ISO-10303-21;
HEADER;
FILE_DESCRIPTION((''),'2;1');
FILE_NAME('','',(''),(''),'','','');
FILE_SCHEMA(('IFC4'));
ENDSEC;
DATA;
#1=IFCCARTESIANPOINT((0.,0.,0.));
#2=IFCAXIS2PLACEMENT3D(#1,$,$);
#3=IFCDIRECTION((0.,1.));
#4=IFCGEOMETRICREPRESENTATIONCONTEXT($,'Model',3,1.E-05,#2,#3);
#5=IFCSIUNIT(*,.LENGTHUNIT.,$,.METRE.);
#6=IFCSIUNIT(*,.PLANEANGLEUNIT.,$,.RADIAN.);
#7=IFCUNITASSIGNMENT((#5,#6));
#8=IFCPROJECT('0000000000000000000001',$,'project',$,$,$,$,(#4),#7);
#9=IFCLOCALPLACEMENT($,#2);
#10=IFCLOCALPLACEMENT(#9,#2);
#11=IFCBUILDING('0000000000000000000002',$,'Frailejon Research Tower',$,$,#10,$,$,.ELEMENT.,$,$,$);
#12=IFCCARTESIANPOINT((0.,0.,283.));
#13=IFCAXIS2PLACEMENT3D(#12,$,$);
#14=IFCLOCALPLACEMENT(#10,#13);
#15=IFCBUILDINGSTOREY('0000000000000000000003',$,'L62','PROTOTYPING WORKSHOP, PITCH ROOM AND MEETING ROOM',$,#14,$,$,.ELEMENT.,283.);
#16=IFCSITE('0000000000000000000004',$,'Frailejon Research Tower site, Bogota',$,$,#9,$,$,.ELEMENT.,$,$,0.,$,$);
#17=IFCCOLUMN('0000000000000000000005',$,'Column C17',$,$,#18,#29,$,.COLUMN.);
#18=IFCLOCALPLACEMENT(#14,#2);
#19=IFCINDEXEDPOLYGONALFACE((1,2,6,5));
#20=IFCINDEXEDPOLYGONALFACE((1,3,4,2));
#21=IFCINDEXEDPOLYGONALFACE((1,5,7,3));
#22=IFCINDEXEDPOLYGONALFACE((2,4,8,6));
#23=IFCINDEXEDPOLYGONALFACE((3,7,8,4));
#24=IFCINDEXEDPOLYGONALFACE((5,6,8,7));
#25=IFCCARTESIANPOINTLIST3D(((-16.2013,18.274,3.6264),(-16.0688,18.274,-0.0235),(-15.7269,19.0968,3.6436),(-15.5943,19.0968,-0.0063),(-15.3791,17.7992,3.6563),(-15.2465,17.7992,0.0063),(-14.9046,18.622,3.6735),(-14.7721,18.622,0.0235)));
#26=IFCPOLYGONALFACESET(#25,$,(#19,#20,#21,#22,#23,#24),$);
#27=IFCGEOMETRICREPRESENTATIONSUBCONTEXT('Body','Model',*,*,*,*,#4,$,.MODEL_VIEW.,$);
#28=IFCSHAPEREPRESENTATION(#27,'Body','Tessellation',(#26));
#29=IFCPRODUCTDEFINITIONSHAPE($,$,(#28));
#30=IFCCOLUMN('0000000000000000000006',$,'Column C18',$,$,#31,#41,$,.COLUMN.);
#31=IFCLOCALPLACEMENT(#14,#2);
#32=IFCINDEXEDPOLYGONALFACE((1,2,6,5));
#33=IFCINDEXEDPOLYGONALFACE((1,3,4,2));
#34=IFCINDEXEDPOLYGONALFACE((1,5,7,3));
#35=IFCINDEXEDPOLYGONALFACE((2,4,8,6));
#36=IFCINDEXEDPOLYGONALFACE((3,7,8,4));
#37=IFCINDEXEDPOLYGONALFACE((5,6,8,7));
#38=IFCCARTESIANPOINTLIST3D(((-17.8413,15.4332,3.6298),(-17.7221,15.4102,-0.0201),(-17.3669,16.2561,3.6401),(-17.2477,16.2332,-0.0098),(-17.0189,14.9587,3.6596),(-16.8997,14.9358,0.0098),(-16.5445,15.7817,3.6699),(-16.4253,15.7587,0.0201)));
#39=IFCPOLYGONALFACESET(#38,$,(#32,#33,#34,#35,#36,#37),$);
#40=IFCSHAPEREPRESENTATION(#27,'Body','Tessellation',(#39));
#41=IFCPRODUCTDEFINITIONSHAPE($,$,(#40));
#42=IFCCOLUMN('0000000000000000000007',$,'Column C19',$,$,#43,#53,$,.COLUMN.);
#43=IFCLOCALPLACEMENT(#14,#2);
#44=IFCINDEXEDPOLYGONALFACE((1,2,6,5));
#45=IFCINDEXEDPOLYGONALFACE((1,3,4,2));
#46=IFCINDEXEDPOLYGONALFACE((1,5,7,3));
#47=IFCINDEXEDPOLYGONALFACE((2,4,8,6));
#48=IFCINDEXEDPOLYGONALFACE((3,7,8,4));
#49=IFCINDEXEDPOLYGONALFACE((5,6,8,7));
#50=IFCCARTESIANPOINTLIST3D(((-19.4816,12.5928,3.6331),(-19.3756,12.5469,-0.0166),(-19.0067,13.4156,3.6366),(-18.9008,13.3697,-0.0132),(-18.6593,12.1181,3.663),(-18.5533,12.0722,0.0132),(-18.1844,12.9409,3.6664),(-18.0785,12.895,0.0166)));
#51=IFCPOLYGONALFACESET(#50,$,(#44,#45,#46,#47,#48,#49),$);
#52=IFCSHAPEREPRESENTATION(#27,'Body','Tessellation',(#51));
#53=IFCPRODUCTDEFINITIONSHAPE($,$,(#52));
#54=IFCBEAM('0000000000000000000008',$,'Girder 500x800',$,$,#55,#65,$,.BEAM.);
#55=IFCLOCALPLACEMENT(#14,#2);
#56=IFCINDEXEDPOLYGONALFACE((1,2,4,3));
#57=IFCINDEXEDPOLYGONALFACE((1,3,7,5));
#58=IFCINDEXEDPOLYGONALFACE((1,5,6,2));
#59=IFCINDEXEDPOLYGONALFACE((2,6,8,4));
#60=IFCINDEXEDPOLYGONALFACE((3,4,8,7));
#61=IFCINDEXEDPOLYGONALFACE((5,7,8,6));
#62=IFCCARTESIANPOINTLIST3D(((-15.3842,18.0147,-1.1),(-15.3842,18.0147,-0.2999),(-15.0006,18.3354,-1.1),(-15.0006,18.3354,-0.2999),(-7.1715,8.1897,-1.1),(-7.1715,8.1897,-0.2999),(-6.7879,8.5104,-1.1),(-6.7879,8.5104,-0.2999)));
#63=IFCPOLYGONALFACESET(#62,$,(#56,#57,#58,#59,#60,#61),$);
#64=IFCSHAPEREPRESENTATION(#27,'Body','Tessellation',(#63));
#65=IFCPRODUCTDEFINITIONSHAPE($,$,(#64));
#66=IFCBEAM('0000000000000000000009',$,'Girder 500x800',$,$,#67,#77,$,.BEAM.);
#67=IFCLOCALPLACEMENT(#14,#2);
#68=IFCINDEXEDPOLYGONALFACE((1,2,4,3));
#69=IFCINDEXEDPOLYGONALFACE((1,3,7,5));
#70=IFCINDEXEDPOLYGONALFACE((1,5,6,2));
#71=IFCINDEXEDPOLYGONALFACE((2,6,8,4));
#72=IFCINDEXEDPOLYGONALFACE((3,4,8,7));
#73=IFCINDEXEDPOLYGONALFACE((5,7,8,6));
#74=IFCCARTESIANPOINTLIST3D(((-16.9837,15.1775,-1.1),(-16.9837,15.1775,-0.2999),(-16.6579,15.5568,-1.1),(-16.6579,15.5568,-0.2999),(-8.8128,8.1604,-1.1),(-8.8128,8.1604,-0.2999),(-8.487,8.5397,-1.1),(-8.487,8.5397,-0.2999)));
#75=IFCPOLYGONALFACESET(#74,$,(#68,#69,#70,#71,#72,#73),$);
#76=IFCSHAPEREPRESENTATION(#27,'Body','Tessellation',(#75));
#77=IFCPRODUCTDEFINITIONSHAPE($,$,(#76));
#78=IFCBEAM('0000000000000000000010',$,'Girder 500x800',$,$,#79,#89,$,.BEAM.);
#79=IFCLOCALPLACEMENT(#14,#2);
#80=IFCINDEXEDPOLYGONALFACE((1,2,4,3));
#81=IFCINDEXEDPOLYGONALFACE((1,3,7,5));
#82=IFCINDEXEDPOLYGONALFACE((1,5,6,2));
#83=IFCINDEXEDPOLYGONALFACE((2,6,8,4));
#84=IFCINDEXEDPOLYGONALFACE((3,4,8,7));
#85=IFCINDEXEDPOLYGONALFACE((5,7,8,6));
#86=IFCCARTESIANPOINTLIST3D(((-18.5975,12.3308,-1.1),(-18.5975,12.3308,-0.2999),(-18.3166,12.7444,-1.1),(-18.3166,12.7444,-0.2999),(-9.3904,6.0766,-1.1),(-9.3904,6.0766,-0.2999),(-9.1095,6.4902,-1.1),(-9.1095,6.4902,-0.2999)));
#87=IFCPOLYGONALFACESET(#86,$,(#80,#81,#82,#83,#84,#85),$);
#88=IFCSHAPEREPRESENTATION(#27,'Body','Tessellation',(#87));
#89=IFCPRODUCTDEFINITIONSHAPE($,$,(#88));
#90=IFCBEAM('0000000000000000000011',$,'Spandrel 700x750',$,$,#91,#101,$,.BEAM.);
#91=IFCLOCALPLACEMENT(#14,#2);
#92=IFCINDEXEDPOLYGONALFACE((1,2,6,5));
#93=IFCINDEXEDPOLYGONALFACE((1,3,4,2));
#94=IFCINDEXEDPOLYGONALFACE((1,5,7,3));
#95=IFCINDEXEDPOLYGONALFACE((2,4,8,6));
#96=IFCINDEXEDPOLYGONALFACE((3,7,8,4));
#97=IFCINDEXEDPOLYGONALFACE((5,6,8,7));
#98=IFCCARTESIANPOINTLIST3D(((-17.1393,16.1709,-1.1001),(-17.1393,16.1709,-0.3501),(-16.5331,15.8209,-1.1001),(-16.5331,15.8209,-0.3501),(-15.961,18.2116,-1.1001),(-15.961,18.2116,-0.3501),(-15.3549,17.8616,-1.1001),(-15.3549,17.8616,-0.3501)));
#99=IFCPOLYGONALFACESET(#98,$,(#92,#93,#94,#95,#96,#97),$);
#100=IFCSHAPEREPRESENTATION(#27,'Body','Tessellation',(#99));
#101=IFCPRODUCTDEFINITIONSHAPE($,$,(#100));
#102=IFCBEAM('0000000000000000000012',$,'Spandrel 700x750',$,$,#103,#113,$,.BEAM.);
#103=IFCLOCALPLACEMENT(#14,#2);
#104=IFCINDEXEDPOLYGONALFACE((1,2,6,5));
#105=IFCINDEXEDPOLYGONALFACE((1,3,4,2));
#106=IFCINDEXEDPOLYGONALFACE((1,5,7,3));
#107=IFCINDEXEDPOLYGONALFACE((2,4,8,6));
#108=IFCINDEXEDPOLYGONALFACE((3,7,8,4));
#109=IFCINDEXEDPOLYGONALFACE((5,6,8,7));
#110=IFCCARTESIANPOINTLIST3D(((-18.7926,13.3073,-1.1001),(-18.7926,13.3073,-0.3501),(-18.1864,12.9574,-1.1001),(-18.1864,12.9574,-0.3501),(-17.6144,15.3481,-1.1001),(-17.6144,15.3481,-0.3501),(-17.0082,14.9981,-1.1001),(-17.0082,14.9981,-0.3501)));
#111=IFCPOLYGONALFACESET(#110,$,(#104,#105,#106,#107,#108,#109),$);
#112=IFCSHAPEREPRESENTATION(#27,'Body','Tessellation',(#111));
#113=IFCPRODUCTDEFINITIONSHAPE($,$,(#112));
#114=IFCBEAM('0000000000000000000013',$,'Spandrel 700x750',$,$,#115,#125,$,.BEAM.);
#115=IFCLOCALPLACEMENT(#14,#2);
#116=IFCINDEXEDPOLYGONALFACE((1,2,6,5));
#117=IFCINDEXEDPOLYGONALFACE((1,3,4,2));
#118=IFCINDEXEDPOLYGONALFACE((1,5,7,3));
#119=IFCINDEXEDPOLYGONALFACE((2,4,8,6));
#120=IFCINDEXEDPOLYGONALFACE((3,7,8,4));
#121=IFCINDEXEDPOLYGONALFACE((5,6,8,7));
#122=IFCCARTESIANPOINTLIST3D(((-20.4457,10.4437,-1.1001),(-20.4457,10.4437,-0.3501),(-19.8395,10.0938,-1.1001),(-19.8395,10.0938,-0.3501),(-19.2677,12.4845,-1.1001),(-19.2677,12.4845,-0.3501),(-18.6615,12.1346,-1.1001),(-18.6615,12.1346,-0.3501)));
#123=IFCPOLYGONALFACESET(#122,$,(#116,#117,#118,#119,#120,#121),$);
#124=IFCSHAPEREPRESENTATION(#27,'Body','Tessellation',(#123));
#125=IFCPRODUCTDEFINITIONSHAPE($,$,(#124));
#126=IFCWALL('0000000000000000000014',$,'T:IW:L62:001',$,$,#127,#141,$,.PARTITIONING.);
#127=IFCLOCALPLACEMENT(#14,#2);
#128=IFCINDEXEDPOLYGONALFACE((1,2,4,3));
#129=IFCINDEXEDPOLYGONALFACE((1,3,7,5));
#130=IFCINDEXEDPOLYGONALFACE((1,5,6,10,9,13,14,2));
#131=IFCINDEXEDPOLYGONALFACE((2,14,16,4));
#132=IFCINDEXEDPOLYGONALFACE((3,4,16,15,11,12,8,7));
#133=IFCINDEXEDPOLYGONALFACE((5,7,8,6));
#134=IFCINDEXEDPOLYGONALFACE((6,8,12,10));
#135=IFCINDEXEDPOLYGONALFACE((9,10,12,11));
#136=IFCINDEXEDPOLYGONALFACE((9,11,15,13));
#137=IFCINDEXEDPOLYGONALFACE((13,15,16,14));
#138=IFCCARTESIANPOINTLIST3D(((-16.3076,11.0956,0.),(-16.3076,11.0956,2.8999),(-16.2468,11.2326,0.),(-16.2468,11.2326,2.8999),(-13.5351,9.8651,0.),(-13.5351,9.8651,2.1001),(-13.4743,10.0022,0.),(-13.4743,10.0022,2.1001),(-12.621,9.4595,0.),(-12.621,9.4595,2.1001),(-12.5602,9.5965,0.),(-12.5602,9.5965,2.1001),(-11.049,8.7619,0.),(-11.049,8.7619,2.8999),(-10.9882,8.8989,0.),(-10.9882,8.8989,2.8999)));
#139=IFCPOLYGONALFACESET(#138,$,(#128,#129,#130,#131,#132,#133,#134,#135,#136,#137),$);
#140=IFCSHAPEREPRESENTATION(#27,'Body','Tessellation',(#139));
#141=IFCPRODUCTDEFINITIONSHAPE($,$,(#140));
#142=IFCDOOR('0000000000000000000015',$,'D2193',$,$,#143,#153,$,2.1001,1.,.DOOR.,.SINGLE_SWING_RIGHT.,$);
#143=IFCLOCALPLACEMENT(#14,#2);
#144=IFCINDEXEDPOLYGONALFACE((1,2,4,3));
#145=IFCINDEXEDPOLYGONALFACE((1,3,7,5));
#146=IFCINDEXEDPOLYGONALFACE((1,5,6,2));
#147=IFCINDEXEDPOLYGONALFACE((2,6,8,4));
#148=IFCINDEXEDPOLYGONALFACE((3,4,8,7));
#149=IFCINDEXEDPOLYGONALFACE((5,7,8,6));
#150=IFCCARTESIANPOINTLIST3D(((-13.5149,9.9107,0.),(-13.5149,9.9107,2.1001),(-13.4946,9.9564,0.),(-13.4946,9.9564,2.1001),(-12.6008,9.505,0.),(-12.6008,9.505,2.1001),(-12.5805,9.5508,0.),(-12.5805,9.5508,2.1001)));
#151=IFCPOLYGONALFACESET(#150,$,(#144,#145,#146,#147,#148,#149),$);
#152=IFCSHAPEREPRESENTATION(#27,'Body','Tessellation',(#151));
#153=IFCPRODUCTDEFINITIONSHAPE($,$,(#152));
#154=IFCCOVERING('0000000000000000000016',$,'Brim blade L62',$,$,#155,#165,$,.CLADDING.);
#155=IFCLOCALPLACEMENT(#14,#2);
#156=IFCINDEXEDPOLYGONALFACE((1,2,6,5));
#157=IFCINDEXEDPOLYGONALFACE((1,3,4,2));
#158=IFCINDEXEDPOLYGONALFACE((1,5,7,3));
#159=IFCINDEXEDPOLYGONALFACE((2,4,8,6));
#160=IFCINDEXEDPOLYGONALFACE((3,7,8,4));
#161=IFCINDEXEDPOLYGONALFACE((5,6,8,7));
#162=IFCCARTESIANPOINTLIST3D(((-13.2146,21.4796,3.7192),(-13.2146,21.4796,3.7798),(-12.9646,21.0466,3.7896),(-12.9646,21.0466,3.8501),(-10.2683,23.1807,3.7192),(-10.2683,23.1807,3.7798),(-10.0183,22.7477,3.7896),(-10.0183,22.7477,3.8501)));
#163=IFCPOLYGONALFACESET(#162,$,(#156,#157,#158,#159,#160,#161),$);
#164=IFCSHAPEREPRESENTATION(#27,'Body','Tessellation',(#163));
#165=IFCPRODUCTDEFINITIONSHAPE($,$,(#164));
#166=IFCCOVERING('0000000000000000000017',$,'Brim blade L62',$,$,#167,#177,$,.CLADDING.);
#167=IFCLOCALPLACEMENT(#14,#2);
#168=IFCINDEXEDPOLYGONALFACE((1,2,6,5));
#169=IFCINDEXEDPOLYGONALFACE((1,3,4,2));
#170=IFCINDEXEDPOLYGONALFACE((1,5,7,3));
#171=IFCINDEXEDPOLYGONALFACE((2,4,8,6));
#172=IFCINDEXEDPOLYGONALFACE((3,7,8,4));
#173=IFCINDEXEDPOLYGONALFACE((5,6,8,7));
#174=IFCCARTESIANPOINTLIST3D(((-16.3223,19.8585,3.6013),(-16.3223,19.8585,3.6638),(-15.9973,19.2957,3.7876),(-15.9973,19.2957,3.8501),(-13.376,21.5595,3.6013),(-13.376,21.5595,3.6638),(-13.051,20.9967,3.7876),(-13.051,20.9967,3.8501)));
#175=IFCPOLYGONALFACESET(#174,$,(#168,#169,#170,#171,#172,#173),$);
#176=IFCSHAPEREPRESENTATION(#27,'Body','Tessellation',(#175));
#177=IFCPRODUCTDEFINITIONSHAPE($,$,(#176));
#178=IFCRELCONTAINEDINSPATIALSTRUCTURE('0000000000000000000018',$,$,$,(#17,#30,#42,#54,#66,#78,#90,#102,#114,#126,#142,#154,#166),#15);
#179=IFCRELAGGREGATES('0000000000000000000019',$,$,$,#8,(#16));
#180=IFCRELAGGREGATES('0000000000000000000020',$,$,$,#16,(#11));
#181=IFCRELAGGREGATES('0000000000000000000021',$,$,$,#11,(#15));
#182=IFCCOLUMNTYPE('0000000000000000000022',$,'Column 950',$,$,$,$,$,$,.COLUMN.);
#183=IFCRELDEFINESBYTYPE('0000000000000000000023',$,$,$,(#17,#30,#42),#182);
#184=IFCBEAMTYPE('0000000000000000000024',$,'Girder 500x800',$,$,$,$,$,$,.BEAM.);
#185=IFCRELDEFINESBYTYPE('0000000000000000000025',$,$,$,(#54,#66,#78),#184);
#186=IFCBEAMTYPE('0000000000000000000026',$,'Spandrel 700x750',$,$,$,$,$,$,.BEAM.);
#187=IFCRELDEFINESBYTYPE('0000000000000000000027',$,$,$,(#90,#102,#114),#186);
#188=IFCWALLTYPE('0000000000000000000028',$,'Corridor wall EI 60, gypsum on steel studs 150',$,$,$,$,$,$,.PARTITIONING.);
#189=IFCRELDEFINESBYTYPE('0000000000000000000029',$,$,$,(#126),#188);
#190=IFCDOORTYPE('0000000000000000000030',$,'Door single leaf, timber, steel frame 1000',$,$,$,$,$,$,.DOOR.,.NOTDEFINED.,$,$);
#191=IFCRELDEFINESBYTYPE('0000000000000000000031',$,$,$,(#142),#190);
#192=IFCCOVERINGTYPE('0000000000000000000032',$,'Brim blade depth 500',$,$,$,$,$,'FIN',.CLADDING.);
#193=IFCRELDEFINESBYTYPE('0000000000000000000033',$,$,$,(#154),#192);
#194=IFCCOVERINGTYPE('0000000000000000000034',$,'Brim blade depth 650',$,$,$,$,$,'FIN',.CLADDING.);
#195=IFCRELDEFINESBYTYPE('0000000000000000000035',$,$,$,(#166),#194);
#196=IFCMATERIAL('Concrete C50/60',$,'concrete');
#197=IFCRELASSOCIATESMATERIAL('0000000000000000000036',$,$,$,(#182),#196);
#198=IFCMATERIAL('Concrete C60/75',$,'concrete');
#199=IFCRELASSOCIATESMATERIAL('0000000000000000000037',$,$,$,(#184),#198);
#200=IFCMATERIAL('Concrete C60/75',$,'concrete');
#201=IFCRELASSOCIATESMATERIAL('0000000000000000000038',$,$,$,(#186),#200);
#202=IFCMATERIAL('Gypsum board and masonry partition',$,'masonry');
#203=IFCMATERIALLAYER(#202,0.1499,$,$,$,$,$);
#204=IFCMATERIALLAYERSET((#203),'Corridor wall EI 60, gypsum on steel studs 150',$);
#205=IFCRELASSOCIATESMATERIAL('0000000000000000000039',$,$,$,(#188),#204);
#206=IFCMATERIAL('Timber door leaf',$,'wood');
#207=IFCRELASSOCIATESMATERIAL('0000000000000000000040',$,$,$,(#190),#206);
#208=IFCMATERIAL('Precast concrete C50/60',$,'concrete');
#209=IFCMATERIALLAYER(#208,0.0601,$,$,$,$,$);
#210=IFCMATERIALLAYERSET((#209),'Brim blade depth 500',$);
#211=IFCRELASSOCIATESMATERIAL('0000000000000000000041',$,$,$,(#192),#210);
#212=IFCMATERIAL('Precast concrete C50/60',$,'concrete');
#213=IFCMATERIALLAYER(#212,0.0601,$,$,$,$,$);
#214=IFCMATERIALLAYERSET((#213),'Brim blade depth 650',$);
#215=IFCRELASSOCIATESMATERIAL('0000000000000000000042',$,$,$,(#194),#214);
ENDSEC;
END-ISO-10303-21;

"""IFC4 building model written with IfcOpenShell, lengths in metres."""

from ifc_helpers import new_model, si_unit, direction, frame, frame_2d, origin, origin_2d, place, context, subcontext, project, spatial, polyline, rectangle, outline, extrude, material, layer, layer_set, material_profile, profile_set, type_object, element, fill, save


model = new_model("IFC4")

# Units and contexts
model_context = context("Model", 3, precision=1e-05, world=origin(), true_north=direction((0.0, 1.0)))
body_context = subcontext(model_context, "Body", "Model", "MODEL_VIEW")
ifc_project = project(units=[si_unit("LENGTHUNIT", "METRE"), si_unit("PLANEANGLEUNIT", "RADIAN")], contexts=[model_context])

# Site, building, storey
site_placement = place(None, origin())
site = spatial("IfcSite", under=ifc_project, at=site_placement, Name="Frailejon Research Tower site, Bogota", CompositionType="ELEMENT", RefElevation=0.0)
building_placement = place(site_placement, origin())
building = spatial("IfcBuilding", under=site, at=building_placement, Name="Frailejon Research Tower", CompositionType="ELEMENT")
storey_placement = place(building_placement, frame((0.0, 0.0, 283.0)))
storey = spatial("IfcBuildingStorey", under=building, at=storey_placement, Name="L62", Description="PROTOTYPING WORKSHOP, PITCH ROOM AND MEETING ROOM", CompositionType="ELEMENT", Elevation=283.0)

# Columns
ifc_material_1 = material(Name="Concrete C50/60", Category="concrete")
ifc_material_profile_1 = material_profile(ifc_material_1, rectangle(XDim=0.95, YDim=0.95, at=origin_2d()), Name="Column 950")
ifc_profile_set_1 = profile_set([ifc_material_profile_1], Name="Concrete C50/60")
column_type = type_object("IfcColumnType", Name="Column 950", PredefinedType="COLUMN", material=ifc_profile_set_1)
column_1_placement = place(storey_placement, frame((-15.4204, 18.448, 0.0), z_axis=(-0.036297, 0.0, 0.999341), x_axis=(-0.499424, -0.866168, -0.01814)))
element("IfcColumn", 1, at=column_1_placement, inside=storey, type_object=column_type, Name="Column C17", PredefinedType="COLUMN", context=body_context, shape_type="SweptSolid", body=[
    extrude(rectangle(XDim=0.95, YDim=0.95, at=origin_2d()), origin(), (0.0, 0.0, 1.0), 3.6523),
])
column_2_placement = place(storey_placement, frame((-17.0737, 15.5845, 0.0), z_axis=(-0.032624, 0.006284, 0.999448), x_axis=(-0.499397, -0.866305, -0.010854)))
element("IfcColumn", 2, at=column_2_placement, inside=storey, type_object=column_type, Name="Column C18", PredefinedType="COLUMN", context=body_context, shape_type="SweptSolid", body=[
    extrude(rectangle(XDim=0.95, YDim=0.95, at=origin_2d()), origin(), (0.0, 0.0, 1.0), 3.6519),
])
column_3_placement = place(storey_placement, frame((-18.7271, 12.7209, 0.0), z_axis=(-0.029016, 0.012569, 0.9995), x_axis=(-0.499849, -0.866105, -0.003619)))
element("IfcColumn", 3, at=column_3_placement, inside=storey, type_object=column_type, Name="Column C19", PredefinedType="COLUMN", context=body_context, shape_type="SweptSolid", body=[
    extrude(rectangle(XDim=0.95, YDim=0.95, at=origin_2d()), origin(), (0.0, 0.0, 1.0), 3.6516),
])

# Beams
ifc_material_2 = material(Name="Concrete C60/75", Category="concrete")
ifc_material_profile_2 = material_profile(ifc_material_2, rectangle(XDim=0.5, YDim=0.8, at=origin_2d()), Name="Girder 500x800")
ifc_profile_set_2 = profile_set([ifc_material_profile_2], Name="Concrete C60/75")
beam_type_1 = type_object("IfcBeamType", Name="Girder 500x800", PredefinedType="BEAM", material=ifc_profile_set_2)
beam_1_placement = place(storey_placement, frame((-15.1924, 18.175, -0.7), z_axis=(0.641344, -0.767253, 0.0), x_axis=(0.767253, 0.641344, 0.0)))
element("IfcBeam", 4, at=beam_1_placement, inside=storey, type_object=beam_type_1, Name="Girder 500x800", PredefinedType="BEAM", context=body_context, shape_type="SweptSolid", body=[
    extrude(rectangle(XDim=0.5, YDim=0.8, at=origin_2d()), origin(), (0.0, 0.0, 1.0), 12.8054),
])
beam_2_placement = place(storey_placement, frame((-16.8208, 15.3672, -0.7), z_axis=(0.758639, -0.651512, 0.0), x_axis=(0.651512, 0.758639, 0.0)))
element("IfcBeam", 5, at=beam_2_placement, inside=storey, type_object=beam_type_1, Name="Girder 500x800", PredefinedType="BEAM", context=body_context, shape_type="SweptSolid", body=[
    extrude(rectangle(XDim=0.5, YDim=0.8, at=origin_2d()), origin(), (0.0, 0.0, 1.0), 10.7705),
])
beam_3_placement = place(storey_placement, frame((-18.457, 12.5376, -0.7), z_axis=(0.827203, -0.561903, 0.0), x_axis=(0.561903, 0.827203, 0.0)))
element("IfcBeam", 6, at=beam_3_placement, inside=storey, type_object=beam_type_1, Name="Girder 500x800", PredefinedType="BEAM", context=body_context, shape_type="SweptSolid", body=[
    extrude(rectangle(XDim=0.5, YDim=0.8, at=origin_2d()), origin(), (0.0, 0.0, 1.0), 11.1304),
])
ifc_material_3 = material(Name="Concrete C60/75", Category="concrete")
ifc_material_profile_3 = material_profile(ifc_material_3, rectangle(XDim=0.7, YDim=0.75, at=origin_2d()), Name="Spandrel 700x750")
ifc_profile_set_3 = profile_set([ifc_material_profile_3], Name="Concrete C60/75")
beam_type_2 = type_object("IfcBeamType", Name="Spandrel 700x750", PredefinedType="BEAM", material=ifc_profile_set_3)
for number, where, z_axis, x_axis, name in (
    (7, (-15.658, 18.0366, -0.7251), (-0.499994, -0.866029, 0.0), (0.866029, -0.499994, 0.0), "Spandrel 700x750"),
    (8, (-17.3113, 15.1731, -0.7251), (-0.499994, -0.866029, 0.0), (0.866029, -0.499994, 0.0), "Spandrel 700x750"),
    (9, (-18.9646, 12.3096, -0.7251), (-0.499917, -0.866073, 0.0), (0.866073, -0.499917, 0.0), "Spandrel 700x750"),
):
    element("IfcBeam", number, at=place(storey_placement, frame(where, z_axis=z_axis, x_axis=x_axis)), inside=storey, type_object=beam_type_2, Name=name, PredefinedType="BEAM", context=body_context, shape_type="SweptSolid", body=[
        extrude(rectangle(XDim=0.7, YDim=0.75, at=origin_2d()), origin(), (0.0, 0.0, 1.0), 2.3564),
    ])

# Wall, opening, door
ifc_material_4 = material(Name="Gypsum board and masonry partition", Category="masonry")
ifc_layer_1 = layer(ifc_material_4, 0.1499)
ifc_layer_set_1 = layer_set([ifc_layer_1], Name="Corridor wall EI 60, gypsum on steel studs 150")
wall_type_1 = type_object("IfcWallType", Name="Corridor wall EI 60, gypsum on steel studs 150", PredefinedType="PARTITIONING", material=ifc_layer_set_1)
wall_1_placement = place(storey_placement, frame((-16.2771, 11.1641, 0.0), z_axis=(0.0, 0.0, 1.0), x_axis=(0.91403, -0.405646, 0.0)))
wall_1 = element("IfcWall", 10, at=wall_1_placement, inside=storey, type_object=wall_type_1, Name="T:IW:L62:001", PredefinedType="PARTITIONING", context=body_context, shape_type="SweptSolid", body=[
    extrude(rectangle(XDim=5.7532, YDim=0.1499, at=frame_2d((2.8765, 0.0))), origin(), (0.0, 0.0, 1.0), 2.8999),
])
opening_1_placement = place(wall_1_placement, frame((3.0332, 0.0, 0.0)))
opening_1 = element("IfcOpeningElement", 11, at=opening_1_placement, cuts=wall_1, PredefinedType="OPENING", context=body_context, shape_type="SweptSolid", body=[
    extrude(rectangle(XDim=1.0, YDim=2.1001, at=frame_2d((0.5, 1.05))), frame((0.0, 0.085, 0.0), z_axis=(0.0, -1.0, 0.0), x_axis=(1.0, 0.0, 0.0)), (0.0, 0.0, 1.0), 0.1699),
])
ifc_material_5 = material(Name="Timber door leaf", Category="wood")
door_type_1 = type_object("IfcDoorType", Name="Door single leaf, timber, steel frame 1000", OperationType="NOTDEFINED", PredefinedType="DOOR", material=ifc_material_5)
door_1_placement = place(opening_1_placement, origin())
door_1 = element("IfcDoor", 12, at=door_1_placement, inside=storey, type_object=door_type_1, Name="D2193", OperationType="SINGLE_SWING_RIGHT", OverallHeight=2.1001, OverallWidth=1.0, PredefinedType="DOOR", context=body_context, shape_type="SweptSolid", body=[
    extrude(rectangle(XDim=1.0, YDim=2.1001, at=frame_2d((0.5, 1.05))), frame((0.0, 0.0249, 0.0), z_axis=(0.0, -1.0, 0.0), x_axis=(1.0, 0.0, 0.0)), (0.0, 0.0, 1.0), 0.05),
])
fill(opening_1, door_1)

# Coverings
ifc_material_6 = material(Name="Precast concrete C50/60", Category="concrete")
ifc_layer_2 = layer(ifc_material_6, 0.0601)
ifc_layer_set_2 = layer_set([ifc_layer_2], Name="Brim blade depth 500")
covering_type_1 = type_object("IfcCoveringType", Name="Brim blade depth 500", ElementType="FIN", PredefinedType="CLADDING", material=ifc_layer_set_2)
covering_1_placement = place(storey_placement, frame((-12.9646, 21.0466, 3.8501), z_axis=(0.866024, 0.500003, 0.0), x_axis=(-0.500003, 0.866024, 0.0)))
element("IfcCovering", 13, at=covering_1_placement, inside=storey, type_object=covering_type_1, Name="Brim blade L62", PredefinedType="CLADDING", context=body_context, shape_type="SweptSolid", body=[
    extrude(outline(polyline([(0.0, -0.0605), (0.5, -0.1309), (0.5, -0.0703), (0.0, 0.0), (0.0, -0.0605)])), origin(), (0.0, 0.0, 1.0), 3.4021),
])
ifc_material_7 = material(Name="Precast concrete C50/60", Category="concrete")
ifc_layer_3 = layer(ifc_material_7, 0.0601)
ifc_layer_set_3 = layer_set([ifc_layer_3], Name="Brim blade depth 650")
covering_type_2 = type_object("IfcCoveringType", Name="Brim blade depth 650", ElementType="FIN", PredefinedType="CLADDING", material=ifc_layer_set_3)
covering_2_placement = place(storey_placement, frame((-15.9973, 19.2957, 3.8501), z_axis=(0.866024, 0.500003, 0.0), x_axis=(-0.500003, 0.866024, 0.0)))
element("IfcCovering", 14, at=covering_2_placement, inside=storey, type_object=covering_type_2, Name="Brim blade L62", PredefinedType="CLADDING", context=body_context, shape_type="SweptSolid", body=[
    extrude(outline(polyline([(0.0, -0.0625), (0.6499, -0.2488), (0.6499, -0.1863), (0.0, 0.0), (0.0, -0.0625)])), origin(), (0.0, 0.0, 1.0), 3.4021),
])

save(model, "model.ifc")
